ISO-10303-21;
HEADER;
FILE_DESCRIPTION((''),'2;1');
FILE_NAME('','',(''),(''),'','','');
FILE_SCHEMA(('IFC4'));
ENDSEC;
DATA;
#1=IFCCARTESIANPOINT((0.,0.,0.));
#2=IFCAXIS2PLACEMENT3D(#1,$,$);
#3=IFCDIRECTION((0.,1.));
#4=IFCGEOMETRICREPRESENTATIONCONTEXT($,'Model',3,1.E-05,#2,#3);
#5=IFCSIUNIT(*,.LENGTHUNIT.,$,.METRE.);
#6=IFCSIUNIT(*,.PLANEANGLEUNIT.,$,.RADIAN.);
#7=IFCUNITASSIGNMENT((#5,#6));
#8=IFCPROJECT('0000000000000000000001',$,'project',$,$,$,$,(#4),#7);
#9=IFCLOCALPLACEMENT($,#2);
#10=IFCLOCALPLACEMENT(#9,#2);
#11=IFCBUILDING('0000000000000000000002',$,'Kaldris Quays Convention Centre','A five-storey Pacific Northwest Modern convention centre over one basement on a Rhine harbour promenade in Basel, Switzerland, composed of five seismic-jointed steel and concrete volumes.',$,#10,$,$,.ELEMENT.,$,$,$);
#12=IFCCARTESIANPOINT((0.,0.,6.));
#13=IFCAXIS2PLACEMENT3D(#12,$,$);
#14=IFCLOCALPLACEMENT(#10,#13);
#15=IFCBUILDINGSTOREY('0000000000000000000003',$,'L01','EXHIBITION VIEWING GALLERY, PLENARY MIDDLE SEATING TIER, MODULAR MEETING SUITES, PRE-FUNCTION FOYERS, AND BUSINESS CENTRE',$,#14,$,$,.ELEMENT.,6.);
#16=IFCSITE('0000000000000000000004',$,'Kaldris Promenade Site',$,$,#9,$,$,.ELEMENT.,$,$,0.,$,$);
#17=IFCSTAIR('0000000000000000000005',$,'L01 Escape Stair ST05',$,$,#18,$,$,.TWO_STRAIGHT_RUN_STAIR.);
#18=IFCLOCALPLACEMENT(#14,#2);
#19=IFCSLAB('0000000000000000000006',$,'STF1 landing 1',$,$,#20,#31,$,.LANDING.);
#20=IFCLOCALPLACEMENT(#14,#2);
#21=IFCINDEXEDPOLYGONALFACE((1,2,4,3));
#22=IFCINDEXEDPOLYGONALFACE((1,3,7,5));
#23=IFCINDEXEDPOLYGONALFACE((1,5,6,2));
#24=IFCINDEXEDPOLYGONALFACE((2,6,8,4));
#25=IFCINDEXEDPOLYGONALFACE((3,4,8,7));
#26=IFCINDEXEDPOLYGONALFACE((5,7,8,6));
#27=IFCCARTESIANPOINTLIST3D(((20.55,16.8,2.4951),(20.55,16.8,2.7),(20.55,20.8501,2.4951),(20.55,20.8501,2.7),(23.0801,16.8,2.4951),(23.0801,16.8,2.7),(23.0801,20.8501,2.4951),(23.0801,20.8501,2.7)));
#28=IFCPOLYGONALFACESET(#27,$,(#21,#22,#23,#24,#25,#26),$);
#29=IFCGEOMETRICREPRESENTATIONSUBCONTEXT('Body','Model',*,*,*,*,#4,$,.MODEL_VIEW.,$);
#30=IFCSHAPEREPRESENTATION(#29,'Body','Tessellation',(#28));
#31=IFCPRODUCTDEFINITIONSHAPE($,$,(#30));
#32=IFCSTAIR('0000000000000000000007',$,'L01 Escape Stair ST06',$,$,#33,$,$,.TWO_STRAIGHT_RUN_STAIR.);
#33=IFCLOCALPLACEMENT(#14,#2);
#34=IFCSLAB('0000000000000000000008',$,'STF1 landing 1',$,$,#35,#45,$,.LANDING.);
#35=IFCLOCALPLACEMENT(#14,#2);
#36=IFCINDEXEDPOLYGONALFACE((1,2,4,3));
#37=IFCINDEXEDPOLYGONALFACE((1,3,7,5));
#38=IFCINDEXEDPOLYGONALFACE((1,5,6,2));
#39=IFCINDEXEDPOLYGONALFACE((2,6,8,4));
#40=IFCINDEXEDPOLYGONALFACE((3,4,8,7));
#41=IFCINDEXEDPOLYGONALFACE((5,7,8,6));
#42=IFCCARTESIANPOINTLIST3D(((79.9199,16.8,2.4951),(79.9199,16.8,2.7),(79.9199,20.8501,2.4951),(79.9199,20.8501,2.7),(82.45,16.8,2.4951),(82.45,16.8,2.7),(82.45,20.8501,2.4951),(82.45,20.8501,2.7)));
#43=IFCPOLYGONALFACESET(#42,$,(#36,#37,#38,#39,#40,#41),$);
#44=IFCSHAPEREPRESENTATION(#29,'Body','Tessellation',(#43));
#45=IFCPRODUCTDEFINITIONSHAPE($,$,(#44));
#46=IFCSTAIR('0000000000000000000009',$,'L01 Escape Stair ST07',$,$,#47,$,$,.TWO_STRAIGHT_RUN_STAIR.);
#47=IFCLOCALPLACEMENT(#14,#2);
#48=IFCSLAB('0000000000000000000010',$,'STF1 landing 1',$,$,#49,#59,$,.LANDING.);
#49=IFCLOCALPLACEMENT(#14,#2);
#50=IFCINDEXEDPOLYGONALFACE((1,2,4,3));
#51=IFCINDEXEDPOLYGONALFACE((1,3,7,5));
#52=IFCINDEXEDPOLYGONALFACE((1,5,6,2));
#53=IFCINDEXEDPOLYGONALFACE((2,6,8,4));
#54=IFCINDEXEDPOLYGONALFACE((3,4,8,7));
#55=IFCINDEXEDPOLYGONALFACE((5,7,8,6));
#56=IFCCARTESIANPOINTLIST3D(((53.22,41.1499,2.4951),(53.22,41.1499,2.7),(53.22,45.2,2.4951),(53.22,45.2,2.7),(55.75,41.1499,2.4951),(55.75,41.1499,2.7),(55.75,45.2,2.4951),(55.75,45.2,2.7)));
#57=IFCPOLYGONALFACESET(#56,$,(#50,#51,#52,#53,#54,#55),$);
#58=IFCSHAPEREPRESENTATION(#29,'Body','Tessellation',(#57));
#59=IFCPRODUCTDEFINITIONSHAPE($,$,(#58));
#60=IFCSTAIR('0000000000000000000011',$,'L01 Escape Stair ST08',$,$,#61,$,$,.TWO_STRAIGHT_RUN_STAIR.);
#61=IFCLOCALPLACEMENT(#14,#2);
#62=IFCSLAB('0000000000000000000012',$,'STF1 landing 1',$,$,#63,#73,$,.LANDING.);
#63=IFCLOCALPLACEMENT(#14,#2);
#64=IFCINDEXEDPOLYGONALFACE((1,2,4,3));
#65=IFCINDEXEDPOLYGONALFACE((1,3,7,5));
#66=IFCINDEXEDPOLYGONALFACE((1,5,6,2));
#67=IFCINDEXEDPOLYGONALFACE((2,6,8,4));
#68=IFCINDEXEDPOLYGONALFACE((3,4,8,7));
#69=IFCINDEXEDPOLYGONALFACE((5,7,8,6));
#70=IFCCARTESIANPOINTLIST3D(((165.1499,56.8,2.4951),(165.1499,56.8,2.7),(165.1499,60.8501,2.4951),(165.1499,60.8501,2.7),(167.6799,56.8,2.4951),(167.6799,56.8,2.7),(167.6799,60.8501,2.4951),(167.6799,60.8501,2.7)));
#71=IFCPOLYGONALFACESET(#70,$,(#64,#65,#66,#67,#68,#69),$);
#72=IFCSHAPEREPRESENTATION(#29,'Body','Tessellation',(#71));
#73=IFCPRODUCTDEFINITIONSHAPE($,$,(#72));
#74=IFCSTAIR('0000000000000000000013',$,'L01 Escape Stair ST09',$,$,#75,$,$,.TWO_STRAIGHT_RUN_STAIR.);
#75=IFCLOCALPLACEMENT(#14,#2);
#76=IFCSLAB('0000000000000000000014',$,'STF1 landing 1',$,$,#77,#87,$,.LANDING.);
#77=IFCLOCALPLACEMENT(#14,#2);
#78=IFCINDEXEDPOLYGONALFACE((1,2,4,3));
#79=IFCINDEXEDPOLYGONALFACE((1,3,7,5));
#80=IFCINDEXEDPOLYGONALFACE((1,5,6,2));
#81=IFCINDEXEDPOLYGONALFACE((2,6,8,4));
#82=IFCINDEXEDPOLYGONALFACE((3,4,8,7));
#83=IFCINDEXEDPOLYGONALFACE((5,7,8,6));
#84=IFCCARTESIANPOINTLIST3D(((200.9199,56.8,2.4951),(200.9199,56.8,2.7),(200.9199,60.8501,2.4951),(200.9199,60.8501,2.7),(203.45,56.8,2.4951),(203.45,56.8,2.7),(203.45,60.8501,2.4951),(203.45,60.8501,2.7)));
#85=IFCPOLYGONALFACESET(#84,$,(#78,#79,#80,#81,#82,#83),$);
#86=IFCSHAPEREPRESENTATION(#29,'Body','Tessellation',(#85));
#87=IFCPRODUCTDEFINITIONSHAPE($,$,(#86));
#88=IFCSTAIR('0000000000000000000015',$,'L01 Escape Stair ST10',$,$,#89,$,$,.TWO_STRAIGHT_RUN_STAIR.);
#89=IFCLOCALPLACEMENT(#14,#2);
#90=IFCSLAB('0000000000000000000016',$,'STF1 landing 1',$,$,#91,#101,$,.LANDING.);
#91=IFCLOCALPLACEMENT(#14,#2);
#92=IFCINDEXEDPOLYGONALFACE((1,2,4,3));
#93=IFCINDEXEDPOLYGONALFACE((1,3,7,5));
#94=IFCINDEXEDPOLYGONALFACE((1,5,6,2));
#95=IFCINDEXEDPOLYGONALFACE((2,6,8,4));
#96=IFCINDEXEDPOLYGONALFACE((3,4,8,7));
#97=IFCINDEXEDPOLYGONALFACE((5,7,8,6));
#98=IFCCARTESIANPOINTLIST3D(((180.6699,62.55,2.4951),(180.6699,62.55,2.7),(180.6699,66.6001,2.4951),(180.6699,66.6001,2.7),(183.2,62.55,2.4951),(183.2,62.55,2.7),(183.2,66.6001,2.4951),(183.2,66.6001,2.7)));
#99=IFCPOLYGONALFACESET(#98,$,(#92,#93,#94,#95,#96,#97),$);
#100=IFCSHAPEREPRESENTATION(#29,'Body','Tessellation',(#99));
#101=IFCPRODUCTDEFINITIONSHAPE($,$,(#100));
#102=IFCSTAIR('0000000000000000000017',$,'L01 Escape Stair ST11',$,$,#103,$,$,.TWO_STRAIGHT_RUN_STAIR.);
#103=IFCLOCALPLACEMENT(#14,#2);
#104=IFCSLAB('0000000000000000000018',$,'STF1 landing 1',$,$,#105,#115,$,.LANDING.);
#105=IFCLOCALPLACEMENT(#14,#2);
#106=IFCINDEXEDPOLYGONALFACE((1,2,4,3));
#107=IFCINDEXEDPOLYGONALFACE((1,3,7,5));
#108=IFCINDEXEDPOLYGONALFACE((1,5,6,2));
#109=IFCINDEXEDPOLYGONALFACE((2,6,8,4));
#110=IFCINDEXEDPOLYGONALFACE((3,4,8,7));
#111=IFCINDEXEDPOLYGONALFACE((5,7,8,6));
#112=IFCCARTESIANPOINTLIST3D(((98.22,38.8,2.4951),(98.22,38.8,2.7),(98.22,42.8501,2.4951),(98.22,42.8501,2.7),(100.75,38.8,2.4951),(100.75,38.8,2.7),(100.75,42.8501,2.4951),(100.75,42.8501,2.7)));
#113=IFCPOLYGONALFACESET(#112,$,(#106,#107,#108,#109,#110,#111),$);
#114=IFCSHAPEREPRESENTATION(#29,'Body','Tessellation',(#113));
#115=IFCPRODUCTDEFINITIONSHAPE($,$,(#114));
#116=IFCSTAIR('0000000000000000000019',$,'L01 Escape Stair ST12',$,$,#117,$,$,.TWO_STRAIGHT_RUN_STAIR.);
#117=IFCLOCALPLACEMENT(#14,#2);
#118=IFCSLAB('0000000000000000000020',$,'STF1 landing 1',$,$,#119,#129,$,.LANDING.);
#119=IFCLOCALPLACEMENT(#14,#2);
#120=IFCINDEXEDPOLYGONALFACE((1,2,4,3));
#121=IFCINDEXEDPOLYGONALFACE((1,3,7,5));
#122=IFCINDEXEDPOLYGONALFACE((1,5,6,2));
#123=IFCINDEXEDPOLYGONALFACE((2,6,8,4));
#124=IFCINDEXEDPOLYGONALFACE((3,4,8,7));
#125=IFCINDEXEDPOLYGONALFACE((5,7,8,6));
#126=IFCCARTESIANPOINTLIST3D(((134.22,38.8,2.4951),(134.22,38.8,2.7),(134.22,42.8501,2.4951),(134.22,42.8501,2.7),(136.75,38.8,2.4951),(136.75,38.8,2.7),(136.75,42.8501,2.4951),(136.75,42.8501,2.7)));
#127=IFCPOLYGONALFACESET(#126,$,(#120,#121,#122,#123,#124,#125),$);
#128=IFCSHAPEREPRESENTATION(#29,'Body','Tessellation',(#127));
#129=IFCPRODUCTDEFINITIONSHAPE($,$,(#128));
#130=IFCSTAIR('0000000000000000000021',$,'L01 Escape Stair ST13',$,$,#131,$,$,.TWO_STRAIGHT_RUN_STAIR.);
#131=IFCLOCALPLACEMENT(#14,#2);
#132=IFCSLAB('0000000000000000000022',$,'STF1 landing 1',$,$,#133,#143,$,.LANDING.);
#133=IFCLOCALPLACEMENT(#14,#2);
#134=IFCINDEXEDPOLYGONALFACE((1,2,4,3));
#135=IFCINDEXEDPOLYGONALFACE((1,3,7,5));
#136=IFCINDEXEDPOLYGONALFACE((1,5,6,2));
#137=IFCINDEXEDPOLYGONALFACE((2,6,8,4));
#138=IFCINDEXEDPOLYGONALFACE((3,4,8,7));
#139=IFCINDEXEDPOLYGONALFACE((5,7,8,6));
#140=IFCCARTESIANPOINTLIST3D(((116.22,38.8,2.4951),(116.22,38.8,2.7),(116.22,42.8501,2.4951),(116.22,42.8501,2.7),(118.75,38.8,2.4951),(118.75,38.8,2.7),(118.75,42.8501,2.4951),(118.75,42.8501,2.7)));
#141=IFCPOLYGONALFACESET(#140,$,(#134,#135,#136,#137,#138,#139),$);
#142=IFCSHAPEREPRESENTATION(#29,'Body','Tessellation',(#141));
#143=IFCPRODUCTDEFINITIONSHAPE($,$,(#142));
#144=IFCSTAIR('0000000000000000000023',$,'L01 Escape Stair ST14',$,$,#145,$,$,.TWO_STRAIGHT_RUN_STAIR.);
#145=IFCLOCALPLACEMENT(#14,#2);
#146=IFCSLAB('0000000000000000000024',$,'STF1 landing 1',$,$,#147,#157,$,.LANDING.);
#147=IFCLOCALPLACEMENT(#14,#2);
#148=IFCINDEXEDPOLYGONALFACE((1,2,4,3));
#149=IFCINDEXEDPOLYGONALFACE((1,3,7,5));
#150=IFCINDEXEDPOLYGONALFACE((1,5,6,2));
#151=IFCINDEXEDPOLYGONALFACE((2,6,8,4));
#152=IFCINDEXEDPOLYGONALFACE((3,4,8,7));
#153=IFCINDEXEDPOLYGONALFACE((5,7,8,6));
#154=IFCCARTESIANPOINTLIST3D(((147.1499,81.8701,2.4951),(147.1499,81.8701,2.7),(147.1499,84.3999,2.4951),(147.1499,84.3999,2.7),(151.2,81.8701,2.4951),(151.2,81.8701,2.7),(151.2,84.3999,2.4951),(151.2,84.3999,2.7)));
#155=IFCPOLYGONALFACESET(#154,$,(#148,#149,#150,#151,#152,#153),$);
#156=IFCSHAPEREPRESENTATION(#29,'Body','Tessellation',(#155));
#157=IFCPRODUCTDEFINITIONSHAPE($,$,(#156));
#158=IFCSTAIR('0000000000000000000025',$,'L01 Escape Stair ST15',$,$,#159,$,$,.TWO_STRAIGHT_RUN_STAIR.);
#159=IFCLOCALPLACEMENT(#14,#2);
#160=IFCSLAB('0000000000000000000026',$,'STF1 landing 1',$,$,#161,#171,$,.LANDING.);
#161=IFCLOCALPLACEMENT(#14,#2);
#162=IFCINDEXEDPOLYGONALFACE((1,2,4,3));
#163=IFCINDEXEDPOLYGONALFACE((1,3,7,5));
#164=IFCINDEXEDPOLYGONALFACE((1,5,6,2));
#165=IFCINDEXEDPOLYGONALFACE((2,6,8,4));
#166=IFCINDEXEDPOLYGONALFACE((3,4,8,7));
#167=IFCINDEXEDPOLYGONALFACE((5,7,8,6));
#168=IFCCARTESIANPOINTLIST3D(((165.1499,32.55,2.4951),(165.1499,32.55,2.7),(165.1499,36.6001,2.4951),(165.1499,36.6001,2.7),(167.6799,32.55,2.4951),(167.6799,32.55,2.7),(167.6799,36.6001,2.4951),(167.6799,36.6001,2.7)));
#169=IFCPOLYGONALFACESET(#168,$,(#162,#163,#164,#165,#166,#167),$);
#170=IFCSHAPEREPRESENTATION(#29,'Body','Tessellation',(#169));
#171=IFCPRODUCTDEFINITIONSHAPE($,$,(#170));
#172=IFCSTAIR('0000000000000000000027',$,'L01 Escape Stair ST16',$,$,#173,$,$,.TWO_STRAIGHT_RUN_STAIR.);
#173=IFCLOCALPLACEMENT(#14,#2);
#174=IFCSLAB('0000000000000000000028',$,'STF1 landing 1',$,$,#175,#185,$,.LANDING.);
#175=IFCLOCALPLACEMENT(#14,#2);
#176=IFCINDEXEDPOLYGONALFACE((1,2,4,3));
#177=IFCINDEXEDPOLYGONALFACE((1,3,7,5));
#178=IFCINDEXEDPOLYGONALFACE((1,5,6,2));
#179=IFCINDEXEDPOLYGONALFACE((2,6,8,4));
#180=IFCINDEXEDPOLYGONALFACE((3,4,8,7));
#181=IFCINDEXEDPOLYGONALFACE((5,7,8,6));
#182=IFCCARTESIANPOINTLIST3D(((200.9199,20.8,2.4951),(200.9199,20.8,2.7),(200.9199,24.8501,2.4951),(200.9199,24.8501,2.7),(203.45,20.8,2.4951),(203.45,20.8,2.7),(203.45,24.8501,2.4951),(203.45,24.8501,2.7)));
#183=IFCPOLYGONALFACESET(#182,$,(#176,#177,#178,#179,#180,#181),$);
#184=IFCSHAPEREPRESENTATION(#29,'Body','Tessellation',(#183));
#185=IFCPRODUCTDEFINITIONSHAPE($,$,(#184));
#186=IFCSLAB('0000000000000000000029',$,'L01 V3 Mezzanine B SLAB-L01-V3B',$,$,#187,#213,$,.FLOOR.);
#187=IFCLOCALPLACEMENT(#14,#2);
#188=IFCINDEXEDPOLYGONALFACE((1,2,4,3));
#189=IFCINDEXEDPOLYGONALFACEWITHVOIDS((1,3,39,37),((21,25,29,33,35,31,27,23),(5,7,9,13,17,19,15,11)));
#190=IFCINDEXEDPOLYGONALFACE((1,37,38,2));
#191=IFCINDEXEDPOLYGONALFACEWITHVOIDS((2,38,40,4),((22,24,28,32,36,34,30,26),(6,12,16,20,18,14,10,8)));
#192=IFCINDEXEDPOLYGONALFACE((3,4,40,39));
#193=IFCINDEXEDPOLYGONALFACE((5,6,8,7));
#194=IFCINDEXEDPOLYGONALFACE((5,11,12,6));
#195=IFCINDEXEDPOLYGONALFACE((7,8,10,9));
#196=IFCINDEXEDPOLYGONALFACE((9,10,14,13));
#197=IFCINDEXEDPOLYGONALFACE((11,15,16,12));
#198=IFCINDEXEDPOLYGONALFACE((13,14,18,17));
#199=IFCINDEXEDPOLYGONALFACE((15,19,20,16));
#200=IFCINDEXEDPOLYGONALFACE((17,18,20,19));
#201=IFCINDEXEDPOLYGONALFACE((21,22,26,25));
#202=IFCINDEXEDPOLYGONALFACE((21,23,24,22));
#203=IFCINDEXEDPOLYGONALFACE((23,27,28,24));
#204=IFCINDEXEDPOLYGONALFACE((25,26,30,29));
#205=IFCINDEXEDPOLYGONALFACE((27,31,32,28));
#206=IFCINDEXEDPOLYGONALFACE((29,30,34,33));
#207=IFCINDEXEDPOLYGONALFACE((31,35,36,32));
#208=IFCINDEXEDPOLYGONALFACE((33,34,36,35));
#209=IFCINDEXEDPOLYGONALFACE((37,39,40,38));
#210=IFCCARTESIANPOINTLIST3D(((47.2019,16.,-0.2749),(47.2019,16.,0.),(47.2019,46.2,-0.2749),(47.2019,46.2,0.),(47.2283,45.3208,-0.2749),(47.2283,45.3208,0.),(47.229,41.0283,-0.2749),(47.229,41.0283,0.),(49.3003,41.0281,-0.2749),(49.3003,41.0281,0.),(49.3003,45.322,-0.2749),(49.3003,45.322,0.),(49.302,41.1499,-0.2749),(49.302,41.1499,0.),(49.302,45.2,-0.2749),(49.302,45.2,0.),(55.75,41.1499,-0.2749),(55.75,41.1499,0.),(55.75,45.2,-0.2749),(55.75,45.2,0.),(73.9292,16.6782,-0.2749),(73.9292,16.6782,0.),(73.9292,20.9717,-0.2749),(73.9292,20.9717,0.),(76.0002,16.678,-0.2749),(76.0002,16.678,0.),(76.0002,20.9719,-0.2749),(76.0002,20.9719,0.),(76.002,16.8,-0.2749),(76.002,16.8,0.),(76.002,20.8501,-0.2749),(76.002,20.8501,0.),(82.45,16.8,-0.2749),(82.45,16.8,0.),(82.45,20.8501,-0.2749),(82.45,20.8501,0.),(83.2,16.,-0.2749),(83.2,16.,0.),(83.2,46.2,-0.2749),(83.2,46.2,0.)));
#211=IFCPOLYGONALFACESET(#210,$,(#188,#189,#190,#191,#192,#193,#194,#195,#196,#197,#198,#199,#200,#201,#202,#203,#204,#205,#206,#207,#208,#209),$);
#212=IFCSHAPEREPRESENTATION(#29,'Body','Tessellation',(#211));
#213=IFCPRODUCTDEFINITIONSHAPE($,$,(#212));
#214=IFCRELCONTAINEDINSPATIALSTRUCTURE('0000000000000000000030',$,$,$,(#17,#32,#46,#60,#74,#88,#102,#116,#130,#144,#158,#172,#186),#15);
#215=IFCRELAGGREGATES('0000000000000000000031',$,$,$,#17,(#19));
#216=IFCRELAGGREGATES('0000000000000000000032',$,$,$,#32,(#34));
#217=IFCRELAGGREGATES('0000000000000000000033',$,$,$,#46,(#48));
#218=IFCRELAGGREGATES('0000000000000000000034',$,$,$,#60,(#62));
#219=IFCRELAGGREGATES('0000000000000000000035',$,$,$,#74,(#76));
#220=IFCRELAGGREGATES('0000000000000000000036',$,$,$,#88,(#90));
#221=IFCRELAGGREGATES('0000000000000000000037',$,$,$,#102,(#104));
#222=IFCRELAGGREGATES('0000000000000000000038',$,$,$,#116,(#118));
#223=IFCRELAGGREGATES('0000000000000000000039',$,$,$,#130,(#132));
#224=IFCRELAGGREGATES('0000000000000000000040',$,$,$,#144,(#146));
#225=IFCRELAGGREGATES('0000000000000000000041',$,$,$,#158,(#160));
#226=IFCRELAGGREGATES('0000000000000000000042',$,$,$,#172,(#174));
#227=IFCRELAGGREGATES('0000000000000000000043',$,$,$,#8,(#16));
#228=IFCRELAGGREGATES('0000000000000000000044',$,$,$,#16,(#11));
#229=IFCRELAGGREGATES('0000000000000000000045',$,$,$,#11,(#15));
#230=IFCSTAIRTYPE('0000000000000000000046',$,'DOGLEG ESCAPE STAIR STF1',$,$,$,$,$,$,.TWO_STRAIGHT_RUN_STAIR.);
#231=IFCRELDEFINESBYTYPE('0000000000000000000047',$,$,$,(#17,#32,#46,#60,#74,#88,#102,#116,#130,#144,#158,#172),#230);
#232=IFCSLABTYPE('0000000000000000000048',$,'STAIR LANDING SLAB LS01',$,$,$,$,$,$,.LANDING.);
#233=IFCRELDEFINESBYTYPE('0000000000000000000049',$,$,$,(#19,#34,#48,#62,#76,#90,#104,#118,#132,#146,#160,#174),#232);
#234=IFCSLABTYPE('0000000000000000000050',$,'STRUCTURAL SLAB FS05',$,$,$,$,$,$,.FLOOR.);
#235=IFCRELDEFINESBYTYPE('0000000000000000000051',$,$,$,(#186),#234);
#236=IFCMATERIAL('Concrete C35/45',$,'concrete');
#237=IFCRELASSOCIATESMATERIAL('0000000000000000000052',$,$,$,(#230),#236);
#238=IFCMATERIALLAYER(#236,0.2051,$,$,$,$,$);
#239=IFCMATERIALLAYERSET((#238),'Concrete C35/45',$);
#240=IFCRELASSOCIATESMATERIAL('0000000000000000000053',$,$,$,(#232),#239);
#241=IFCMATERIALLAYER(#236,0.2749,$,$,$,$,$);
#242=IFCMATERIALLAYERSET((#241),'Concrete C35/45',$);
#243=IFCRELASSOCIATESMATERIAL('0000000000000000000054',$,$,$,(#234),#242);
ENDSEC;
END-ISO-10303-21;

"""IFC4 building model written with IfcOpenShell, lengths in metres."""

from ifc_helpers import new_model, si_unit, direction, frame, origin, place, context, subcontext, project, spatial, polyline, outline, extrude, material, layer, layer_set, type_object, element, aggregate, save


model = new_model("IFC4")

# Units and contexts
model_context = context("Model", 3, precision=1e-05, world=origin(), true_north=direction((0.0, 1.0)))
body_context = subcontext(model_context, "Body", "Model", "MODEL_VIEW")
ifc_project = project(units=[si_unit("LENGTHUNIT", "METRE"), si_unit("PLANEANGLEUNIT", "RADIAN")], contexts=[model_context])

# Site, building, storey
site_placement = place(None, origin())
site = spatial("IfcSite", under=ifc_project, at=site_placement, Name="Kaldris Promenade Site", CompositionType="ELEMENT", RefElevation=0.0)
building_placement = place(site_placement, origin())
building = spatial("IfcBuilding", under=site, at=building_placement, Name="Kaldris Quays Convention Centre", Description="A five-storey Pacific Northwest Modern convention centre over one basement on a Rhine harbour promenade in Basel, Switzerland, composed of five seismic-jointed steel and concrete volumes.", CompositionType="ELEMENT")
storey_placement = place(building_placement, frame((0.0, 0.0, 6.0)))
storey = spatial("IfcBuildingStorey", under=building, at=storey_placement, Name="L01", Description="EXHIBITION VIEWING GALLERY, PLENARY MIDDLE SEATING TIER, MODULAR MEETING SUITES, PRE-FUNCTION FOYERS, AND BUSINESS CENTRE", CompositionType="ELEMENT", Elevation=6.0)

# Stairs, slabs
ifc_material = material(Name="Concrete C35/45", Category="concrete")
stair_type = type_object("IfcStairType", Name="DOGLEG ESCAPE STAIR STF1", PredefinedType="TWO_STRAIGHT_RUN_STAIR", material=ifc_material)
stair_1_placement = place(storey_placement, origin())
stair_1 = element("IfcStair", 1, at=stair_1_placement, inside=storey, type_object=stair_type, Name="L01 Escape Stair ST05", PredefinedType="TWO_STRAIGHT_RUN_STAIR")
ifc_layer_1 = layer(ifc_material, 0.2051)
ifc_layer_set_1 = layer_set([ifc_layer_1], Name="Concrete C35/45")
slab_type_1 = type_object("IfcSlabType", Name="STAIR LANDING SLAB LS01", PredefinedType="LANDING", material=ifc_layer_set_1)
slab_1_placement = place(storey_placement, frame((0.0, 0.0, 2.4951)))
slab_1 = element("IfcSlab", 2, at=slab_1_placement, type_object=slab_type_1, Name="STF1 landing 1", PredefinedType="LANDING", context=body_context, shape_type="SweptSolid", body=[
    extrude(outline(polyline([(23.0801, 20.8501), (20.55, 20.8501), (20.55, 16.8), (23.0801, 16.8), (23.0801, 20.8501)])), origin(), (0.0, 0.0, 1.0), 0.2048),
])
aggregate(stair_1, [slab_1])
stair_2_placement = place(storey_placement, origin())
stair_2 = element("IfcStair", 3, at=stair_2_placement, inside=storey, type_object=stair_type, Name="L01 Escape Stair ST06", PredefinedType="TWO_STRAIGHT_RUN_STAIR")
slab_2_placement = place(storey_placement, frame((0.0, 0.0, 2.4951)))
slab_2 = element("IfcSlab", 4, at=slab_2_placement, type_object=slab_type_1, Name="STF1 landing 1", PredefinedType="LANDING", context=body_context, shape_type="SweptSolid", body=[
    extrude(outline(polyline([(79.9199, 16.8), (82.45, 16.8), (82.45, 20.8501), (79.9199, 20.8501), (79.9199, 16.8)])), origin(), (0.0, 0.0, 1.0), 0.2048),
])
aggregate(stair_2, [slab_2])
stair_3_placement = place(storey_placement, origin())
stair_3 = element("IfcStair", 5, at=stair_3_placement, inside=storey, type_object=stair_type, Name="L01 Escape Stair ST07", PredefinedType="TWO_STRAIGHT_RUN_STAIR")
slab_3_placement = place(storey_placement, frame((0.0, 0.0, 2.4951)))
slab_3 = element("IfcSlab", 6, at=slab_3_placement, type_object=slab_type_1, Name="STF1 landing 1", PredefinedType="LANDING", context=body_context, shape_type="SweptSolid", body=[
    extrude(outline(polyline([(53.22, 41.1499), (55.75, 41.1499), (55.75, 45.2), (53.22, 45.2), (53.22, 41.1499)])), origin(), (0.0, 0.0, 1.0), 0.2048),
])
aggregate(stair_3, [slab_3])
stair_4_placement = place(storey_placement, origin())
stair_4 = element("IfcStair", 7, at=stair_4_placement, inside=storey, type_object=stair_type, Name="L01 Escape Stair ST08", PredefinedType="TWO_STRAIGHT_RUN_STAIR")
slab_4_placement = place(storey_placement, frame((0.0, 0.0, 2.4951)))
slab_4 = element("IfcSlab", 8, at=slab_4_placement, type_object=slab_type_1, Name="STF1 landing 1", PredefinedType="LANDING", context=body_context, shape_type="SweptSolid", body=[
    extrude(outline(polyline([(167.6799, 60.8501), (165.1499, 60.8501), (165.1499, 56.8), (167.6799, 56.8), (167.6799, 60.8501)])), origin(), (0.0, 0.0, 1.0), 0.2048),
])
aggregate(stair_4, [slab_4])
stair_5_placement = place(storey_placement, origin())
stair_5 = element("IfcStair", 9, at=stair_5_placement, inside=storey, type_object=stair_type, Name="L01 Escape Stair ST09", PredefinedType="TWO_STRAIGHT_RUN_STAIR")
slab_5_placement = place(storey_placement, frame((0.0, 0.0, 2.4951)))
slab_5 = element("IfcSlab", 10, at=slab_5_placement, type_object=slab_type_1, Name="STF1 landing 1", PredefinedType="LANDING", context=body_context, shape_type="SweptSolid", body=[
    extrude(outline(polyline([(200.9199, 56.8), (203.45, 56.8), (203.45, 60.8501), (200.9199, 60.8501), (200.9199, 56.8)])), origin(), (0.0, 0.0, 1.0), 0.2048),
])
aggregate(stair_5, [slab_5])
stair_6_placement = place(storey_placement, origin())
stair_6 = element("IfcStair", 11, at=stair_6_placement, inside=storey, type_object=stair_type, Name="L01 Escape Stair ST10", PredefinedType="TWO_STRAIGHT_RUN_STAIR")
slab_6_placement = place(storey_placement, frame((0.0, 0.0, 2.4951)))
slab_6 = element("IfcSlab", 12, at=slab_6_placement, type_object=slab_type_1, Name="STF1 landing 1", PredefinedType="LANDING", context=body_context, shape_type="SweptSolid", body=[
    extrude(outline(polyline([(180.6699, 62.55), (183.2, 62.55), (183.2, 66.6001), (180.6699, 66.6001), (180.6699, 62.55)])), origin(), (0.0, 0.0, 1.0), 0.2048),
])
aggregate(stair_6, [slab_6])
stair_7_placement = place(storey_placement, origin())
stair_7 = element("IfcStair", 13, at=stair_7_placement, inside=storey, type_object=stair_type, Name="L01 Escape Stair ST11", PredefinedType="TWO_STRAIGHT_RUN_STAIR")
slab_7_placement = place(storey_placement, frame((0.0, 0.0, 2.4951)))
slab_7 = element("IfcSlab", 14, at=slab_7_placement, type_object=slab_type_1, Name="STF1 landing 1", PredefinedType="LANDING", context=body_context, shape_type="SweptSolid", body=[
    extrude(outline(polyline([(98.22, 38.8), (100.75, 38.8), (100.75, 42.8501), (98.22, 42.8501), (98.22, 38.8)])), origin(), (0.0, 0.0, 1.0), 0.2048),
])
aggregate(stair_7, [slab_7])
stair_8_placement = place(storey_placement, origin())
stair_8 = element("IfcStair", 15, at=stair_8_placement, inside=storey, type_object=stair_type, Name="L01 Escape Stair ST12", PredefinedType="TWO_STRAIGHT_RUN_STAIR")
slab_8_placement = place(storey_placement, frame((0.0, 0.0, 2.4951)))
slab_8 = element("IfcSlab", 16, at=slab_8_placement, type_object=slab_type_1, Name="STF1 landing 1", PredefinedType="LANDING", context=body_context, shape_type="SweptSolid", body=[
    extrude(outline(polyline([(134.22, 38.8), (136.75, 38.8), (136.75, 42.8501), (134.22, 42.8501), (134.22, 38.8)])), origin(), (0.0, 0.0, 1.0), 0.2048),
])
aggregate(stair_8, [slab_8])
stair_9_placement = place(storey_placement, origin())
stair_9 = element("IfcStair", 17, at=stair_9_placement, inside=storey, type_object=stair_type, Name="L01 Escape Stair ST13", PredefinedType="TWO_STRAIGHT_RUN_STAIR")
slab_9_placement = place(storey_placement, frame((0.0, 0.0, 2.4951)))
slab_9 = element("IfcSlab", 18, at=slab_9_placement, type_object=slab_type_1, Name="STF1 landing 1", PredefinedType="LANDING", context=body_context, shape_type="SweptSolid", body=[
    extrude(outline(polyline([(116.22, 38.8), (118.75, 38.8), (118.75, 42.8501), (116.22, 42.8501), (116.22, 38.8)])), origin(), (0.0, 0.0, 1.0), 0.2048),
])
aggregate(stair_9, [slab_9])
stair_10_placement = place(storey_placement, origin())
stair_10 = element("IfcStair", 19, at=stair_10_placement, inside=storey, type_object=stair_type, Name="L01 Escape Stair ST14", PredefinedType="TWO_STRAIGHT_RUN_STAIR")
slab_10_placement = place(storey_placement, frame((0.0, 0.0, 2.4951)))
slab_10 = element("IfcSlab", 20, at=slab_10_placement, type_object=slab_type_1, Name="STF1 landing 1", PredefinedType="LANDING", context=body_context, shape_type="SweptSolid", body=[
    extrude(outline(polyline([(151.2, 81.8701), (151.2, 84.3999), (147.1499, 84.3999), (147.1499, 81.8701), (151.2, 81.8701)])), origin(), (0.0, 0.0, 1.0), 0.2048),
])
aggregate(stair_10, [slab_10])
stair_11_placement = place(storey_placement, origin())
stair_11 = element("IfcStair", 21, at=stair_11_placement, inside=storey, type_object=stair_type, Name="L01 Escape Stair ST15", PredefinedType="TWO_STRAIGHT_RUN_STAIR")
slab_11_placement = place(storey_placement, frame((0.0, 0.0, 2.4951)))
slab_11 = element("IfcSlab", 22, at=slab_11_placement, type_object=slab_type_1, Name="STF1 landing 1", PredefinedType="LANDING", context=body_context, shape_type="SweptSolid", body=[
    extrude(outline(polyline([(167.6799, 36.6001), (165.1499, 36.6001), (165.1499, 32.55), (167.6799, 32.55), (167.6799, 36.6001)])), origin(), (0.0, 0.0, 1.0), 0.2048),
])
aggregate(stair_11, [slab_11])
stair_12_placement = place(storey_placement, origin())
stair_12 = element("IfcStair", 23, at=stair_12_placement, inside=storey, type_object=stair_type, Name="L01 Escape Stair ST16", PredefinedType="TWO_STRAIGHT_RUN_STAIR")
slab_12_placement = place(storey_placement, frame((0.0, 0.0, 2.4951)))
slab_12 = element("IfcSlab", 24, at=slab_12_placement, type_object=slab_type_1, Name="STF1 landing 1", PredefinedType="LANDING", context=body_context, shape_type="SweptSolid", body=[
    extrude(outline(polyline([(200.9199, 20.8), (203.45, 20.8), (203.45, 24.8501), (200.9199, 24.8501), (200.9199, 20.8)])), origin(), (0.0, 0.0, 1.0), 0.2048),
])
aggregate(stair_12, [slab_12])

# Slab
ifc_layer_2 = layer(ifc_material, 0.2749)
ifc_layer_set_2 = layer_set([ifc_layer_2], Name="Concrete C35/45")
slab_type_2 = type_object("IfcSlabType", Name="STRUCTURAL SLAB FS05", PredefinedType="FLOOR", material=ifc_layer_set_2)
slab_13_placement = place(storey_placement, frame((0.0, 0.0, -0.2749)))
element("IfcSlab", 25, at=slab_13_placement, inside=storey, type_object=slab_type_2, Name="L01 V3 Mezzanine B SLAB-L01-V3B", PredefinedType="FLOOR", context=body_context, shape_type="SweptSolid", body=[
    extrude(outline(polyline([(83.2, 46.2), (83.2, 16.0), (47.2019, 16.0), (47.2019, 46.2), (83.2, 46.2)]), holes=[polyline([(73.9292, 16.6782), (76.0002, 16.678), (76.002, 16.8), (82.45, 16.8), (82.45, 20.8501), (76.002, 20.8501), (76.0002, 20.9719), (73.9292, 20.9717), (73.9292, 16.6782)]), polyline([(55.75, 41.1499), (55.75, 45.2), (49.302, 45.2), (49.3003, 45.322), (47.2283, 45.3208), (47.229, 41.0283), (49.3003, 41.0281), (49.302, 41.1499), (55.75, 41.1499)])]), origin(), (0.0, 0.0, 1.0), 0.2749),
])

save(model, "model.ifc")
